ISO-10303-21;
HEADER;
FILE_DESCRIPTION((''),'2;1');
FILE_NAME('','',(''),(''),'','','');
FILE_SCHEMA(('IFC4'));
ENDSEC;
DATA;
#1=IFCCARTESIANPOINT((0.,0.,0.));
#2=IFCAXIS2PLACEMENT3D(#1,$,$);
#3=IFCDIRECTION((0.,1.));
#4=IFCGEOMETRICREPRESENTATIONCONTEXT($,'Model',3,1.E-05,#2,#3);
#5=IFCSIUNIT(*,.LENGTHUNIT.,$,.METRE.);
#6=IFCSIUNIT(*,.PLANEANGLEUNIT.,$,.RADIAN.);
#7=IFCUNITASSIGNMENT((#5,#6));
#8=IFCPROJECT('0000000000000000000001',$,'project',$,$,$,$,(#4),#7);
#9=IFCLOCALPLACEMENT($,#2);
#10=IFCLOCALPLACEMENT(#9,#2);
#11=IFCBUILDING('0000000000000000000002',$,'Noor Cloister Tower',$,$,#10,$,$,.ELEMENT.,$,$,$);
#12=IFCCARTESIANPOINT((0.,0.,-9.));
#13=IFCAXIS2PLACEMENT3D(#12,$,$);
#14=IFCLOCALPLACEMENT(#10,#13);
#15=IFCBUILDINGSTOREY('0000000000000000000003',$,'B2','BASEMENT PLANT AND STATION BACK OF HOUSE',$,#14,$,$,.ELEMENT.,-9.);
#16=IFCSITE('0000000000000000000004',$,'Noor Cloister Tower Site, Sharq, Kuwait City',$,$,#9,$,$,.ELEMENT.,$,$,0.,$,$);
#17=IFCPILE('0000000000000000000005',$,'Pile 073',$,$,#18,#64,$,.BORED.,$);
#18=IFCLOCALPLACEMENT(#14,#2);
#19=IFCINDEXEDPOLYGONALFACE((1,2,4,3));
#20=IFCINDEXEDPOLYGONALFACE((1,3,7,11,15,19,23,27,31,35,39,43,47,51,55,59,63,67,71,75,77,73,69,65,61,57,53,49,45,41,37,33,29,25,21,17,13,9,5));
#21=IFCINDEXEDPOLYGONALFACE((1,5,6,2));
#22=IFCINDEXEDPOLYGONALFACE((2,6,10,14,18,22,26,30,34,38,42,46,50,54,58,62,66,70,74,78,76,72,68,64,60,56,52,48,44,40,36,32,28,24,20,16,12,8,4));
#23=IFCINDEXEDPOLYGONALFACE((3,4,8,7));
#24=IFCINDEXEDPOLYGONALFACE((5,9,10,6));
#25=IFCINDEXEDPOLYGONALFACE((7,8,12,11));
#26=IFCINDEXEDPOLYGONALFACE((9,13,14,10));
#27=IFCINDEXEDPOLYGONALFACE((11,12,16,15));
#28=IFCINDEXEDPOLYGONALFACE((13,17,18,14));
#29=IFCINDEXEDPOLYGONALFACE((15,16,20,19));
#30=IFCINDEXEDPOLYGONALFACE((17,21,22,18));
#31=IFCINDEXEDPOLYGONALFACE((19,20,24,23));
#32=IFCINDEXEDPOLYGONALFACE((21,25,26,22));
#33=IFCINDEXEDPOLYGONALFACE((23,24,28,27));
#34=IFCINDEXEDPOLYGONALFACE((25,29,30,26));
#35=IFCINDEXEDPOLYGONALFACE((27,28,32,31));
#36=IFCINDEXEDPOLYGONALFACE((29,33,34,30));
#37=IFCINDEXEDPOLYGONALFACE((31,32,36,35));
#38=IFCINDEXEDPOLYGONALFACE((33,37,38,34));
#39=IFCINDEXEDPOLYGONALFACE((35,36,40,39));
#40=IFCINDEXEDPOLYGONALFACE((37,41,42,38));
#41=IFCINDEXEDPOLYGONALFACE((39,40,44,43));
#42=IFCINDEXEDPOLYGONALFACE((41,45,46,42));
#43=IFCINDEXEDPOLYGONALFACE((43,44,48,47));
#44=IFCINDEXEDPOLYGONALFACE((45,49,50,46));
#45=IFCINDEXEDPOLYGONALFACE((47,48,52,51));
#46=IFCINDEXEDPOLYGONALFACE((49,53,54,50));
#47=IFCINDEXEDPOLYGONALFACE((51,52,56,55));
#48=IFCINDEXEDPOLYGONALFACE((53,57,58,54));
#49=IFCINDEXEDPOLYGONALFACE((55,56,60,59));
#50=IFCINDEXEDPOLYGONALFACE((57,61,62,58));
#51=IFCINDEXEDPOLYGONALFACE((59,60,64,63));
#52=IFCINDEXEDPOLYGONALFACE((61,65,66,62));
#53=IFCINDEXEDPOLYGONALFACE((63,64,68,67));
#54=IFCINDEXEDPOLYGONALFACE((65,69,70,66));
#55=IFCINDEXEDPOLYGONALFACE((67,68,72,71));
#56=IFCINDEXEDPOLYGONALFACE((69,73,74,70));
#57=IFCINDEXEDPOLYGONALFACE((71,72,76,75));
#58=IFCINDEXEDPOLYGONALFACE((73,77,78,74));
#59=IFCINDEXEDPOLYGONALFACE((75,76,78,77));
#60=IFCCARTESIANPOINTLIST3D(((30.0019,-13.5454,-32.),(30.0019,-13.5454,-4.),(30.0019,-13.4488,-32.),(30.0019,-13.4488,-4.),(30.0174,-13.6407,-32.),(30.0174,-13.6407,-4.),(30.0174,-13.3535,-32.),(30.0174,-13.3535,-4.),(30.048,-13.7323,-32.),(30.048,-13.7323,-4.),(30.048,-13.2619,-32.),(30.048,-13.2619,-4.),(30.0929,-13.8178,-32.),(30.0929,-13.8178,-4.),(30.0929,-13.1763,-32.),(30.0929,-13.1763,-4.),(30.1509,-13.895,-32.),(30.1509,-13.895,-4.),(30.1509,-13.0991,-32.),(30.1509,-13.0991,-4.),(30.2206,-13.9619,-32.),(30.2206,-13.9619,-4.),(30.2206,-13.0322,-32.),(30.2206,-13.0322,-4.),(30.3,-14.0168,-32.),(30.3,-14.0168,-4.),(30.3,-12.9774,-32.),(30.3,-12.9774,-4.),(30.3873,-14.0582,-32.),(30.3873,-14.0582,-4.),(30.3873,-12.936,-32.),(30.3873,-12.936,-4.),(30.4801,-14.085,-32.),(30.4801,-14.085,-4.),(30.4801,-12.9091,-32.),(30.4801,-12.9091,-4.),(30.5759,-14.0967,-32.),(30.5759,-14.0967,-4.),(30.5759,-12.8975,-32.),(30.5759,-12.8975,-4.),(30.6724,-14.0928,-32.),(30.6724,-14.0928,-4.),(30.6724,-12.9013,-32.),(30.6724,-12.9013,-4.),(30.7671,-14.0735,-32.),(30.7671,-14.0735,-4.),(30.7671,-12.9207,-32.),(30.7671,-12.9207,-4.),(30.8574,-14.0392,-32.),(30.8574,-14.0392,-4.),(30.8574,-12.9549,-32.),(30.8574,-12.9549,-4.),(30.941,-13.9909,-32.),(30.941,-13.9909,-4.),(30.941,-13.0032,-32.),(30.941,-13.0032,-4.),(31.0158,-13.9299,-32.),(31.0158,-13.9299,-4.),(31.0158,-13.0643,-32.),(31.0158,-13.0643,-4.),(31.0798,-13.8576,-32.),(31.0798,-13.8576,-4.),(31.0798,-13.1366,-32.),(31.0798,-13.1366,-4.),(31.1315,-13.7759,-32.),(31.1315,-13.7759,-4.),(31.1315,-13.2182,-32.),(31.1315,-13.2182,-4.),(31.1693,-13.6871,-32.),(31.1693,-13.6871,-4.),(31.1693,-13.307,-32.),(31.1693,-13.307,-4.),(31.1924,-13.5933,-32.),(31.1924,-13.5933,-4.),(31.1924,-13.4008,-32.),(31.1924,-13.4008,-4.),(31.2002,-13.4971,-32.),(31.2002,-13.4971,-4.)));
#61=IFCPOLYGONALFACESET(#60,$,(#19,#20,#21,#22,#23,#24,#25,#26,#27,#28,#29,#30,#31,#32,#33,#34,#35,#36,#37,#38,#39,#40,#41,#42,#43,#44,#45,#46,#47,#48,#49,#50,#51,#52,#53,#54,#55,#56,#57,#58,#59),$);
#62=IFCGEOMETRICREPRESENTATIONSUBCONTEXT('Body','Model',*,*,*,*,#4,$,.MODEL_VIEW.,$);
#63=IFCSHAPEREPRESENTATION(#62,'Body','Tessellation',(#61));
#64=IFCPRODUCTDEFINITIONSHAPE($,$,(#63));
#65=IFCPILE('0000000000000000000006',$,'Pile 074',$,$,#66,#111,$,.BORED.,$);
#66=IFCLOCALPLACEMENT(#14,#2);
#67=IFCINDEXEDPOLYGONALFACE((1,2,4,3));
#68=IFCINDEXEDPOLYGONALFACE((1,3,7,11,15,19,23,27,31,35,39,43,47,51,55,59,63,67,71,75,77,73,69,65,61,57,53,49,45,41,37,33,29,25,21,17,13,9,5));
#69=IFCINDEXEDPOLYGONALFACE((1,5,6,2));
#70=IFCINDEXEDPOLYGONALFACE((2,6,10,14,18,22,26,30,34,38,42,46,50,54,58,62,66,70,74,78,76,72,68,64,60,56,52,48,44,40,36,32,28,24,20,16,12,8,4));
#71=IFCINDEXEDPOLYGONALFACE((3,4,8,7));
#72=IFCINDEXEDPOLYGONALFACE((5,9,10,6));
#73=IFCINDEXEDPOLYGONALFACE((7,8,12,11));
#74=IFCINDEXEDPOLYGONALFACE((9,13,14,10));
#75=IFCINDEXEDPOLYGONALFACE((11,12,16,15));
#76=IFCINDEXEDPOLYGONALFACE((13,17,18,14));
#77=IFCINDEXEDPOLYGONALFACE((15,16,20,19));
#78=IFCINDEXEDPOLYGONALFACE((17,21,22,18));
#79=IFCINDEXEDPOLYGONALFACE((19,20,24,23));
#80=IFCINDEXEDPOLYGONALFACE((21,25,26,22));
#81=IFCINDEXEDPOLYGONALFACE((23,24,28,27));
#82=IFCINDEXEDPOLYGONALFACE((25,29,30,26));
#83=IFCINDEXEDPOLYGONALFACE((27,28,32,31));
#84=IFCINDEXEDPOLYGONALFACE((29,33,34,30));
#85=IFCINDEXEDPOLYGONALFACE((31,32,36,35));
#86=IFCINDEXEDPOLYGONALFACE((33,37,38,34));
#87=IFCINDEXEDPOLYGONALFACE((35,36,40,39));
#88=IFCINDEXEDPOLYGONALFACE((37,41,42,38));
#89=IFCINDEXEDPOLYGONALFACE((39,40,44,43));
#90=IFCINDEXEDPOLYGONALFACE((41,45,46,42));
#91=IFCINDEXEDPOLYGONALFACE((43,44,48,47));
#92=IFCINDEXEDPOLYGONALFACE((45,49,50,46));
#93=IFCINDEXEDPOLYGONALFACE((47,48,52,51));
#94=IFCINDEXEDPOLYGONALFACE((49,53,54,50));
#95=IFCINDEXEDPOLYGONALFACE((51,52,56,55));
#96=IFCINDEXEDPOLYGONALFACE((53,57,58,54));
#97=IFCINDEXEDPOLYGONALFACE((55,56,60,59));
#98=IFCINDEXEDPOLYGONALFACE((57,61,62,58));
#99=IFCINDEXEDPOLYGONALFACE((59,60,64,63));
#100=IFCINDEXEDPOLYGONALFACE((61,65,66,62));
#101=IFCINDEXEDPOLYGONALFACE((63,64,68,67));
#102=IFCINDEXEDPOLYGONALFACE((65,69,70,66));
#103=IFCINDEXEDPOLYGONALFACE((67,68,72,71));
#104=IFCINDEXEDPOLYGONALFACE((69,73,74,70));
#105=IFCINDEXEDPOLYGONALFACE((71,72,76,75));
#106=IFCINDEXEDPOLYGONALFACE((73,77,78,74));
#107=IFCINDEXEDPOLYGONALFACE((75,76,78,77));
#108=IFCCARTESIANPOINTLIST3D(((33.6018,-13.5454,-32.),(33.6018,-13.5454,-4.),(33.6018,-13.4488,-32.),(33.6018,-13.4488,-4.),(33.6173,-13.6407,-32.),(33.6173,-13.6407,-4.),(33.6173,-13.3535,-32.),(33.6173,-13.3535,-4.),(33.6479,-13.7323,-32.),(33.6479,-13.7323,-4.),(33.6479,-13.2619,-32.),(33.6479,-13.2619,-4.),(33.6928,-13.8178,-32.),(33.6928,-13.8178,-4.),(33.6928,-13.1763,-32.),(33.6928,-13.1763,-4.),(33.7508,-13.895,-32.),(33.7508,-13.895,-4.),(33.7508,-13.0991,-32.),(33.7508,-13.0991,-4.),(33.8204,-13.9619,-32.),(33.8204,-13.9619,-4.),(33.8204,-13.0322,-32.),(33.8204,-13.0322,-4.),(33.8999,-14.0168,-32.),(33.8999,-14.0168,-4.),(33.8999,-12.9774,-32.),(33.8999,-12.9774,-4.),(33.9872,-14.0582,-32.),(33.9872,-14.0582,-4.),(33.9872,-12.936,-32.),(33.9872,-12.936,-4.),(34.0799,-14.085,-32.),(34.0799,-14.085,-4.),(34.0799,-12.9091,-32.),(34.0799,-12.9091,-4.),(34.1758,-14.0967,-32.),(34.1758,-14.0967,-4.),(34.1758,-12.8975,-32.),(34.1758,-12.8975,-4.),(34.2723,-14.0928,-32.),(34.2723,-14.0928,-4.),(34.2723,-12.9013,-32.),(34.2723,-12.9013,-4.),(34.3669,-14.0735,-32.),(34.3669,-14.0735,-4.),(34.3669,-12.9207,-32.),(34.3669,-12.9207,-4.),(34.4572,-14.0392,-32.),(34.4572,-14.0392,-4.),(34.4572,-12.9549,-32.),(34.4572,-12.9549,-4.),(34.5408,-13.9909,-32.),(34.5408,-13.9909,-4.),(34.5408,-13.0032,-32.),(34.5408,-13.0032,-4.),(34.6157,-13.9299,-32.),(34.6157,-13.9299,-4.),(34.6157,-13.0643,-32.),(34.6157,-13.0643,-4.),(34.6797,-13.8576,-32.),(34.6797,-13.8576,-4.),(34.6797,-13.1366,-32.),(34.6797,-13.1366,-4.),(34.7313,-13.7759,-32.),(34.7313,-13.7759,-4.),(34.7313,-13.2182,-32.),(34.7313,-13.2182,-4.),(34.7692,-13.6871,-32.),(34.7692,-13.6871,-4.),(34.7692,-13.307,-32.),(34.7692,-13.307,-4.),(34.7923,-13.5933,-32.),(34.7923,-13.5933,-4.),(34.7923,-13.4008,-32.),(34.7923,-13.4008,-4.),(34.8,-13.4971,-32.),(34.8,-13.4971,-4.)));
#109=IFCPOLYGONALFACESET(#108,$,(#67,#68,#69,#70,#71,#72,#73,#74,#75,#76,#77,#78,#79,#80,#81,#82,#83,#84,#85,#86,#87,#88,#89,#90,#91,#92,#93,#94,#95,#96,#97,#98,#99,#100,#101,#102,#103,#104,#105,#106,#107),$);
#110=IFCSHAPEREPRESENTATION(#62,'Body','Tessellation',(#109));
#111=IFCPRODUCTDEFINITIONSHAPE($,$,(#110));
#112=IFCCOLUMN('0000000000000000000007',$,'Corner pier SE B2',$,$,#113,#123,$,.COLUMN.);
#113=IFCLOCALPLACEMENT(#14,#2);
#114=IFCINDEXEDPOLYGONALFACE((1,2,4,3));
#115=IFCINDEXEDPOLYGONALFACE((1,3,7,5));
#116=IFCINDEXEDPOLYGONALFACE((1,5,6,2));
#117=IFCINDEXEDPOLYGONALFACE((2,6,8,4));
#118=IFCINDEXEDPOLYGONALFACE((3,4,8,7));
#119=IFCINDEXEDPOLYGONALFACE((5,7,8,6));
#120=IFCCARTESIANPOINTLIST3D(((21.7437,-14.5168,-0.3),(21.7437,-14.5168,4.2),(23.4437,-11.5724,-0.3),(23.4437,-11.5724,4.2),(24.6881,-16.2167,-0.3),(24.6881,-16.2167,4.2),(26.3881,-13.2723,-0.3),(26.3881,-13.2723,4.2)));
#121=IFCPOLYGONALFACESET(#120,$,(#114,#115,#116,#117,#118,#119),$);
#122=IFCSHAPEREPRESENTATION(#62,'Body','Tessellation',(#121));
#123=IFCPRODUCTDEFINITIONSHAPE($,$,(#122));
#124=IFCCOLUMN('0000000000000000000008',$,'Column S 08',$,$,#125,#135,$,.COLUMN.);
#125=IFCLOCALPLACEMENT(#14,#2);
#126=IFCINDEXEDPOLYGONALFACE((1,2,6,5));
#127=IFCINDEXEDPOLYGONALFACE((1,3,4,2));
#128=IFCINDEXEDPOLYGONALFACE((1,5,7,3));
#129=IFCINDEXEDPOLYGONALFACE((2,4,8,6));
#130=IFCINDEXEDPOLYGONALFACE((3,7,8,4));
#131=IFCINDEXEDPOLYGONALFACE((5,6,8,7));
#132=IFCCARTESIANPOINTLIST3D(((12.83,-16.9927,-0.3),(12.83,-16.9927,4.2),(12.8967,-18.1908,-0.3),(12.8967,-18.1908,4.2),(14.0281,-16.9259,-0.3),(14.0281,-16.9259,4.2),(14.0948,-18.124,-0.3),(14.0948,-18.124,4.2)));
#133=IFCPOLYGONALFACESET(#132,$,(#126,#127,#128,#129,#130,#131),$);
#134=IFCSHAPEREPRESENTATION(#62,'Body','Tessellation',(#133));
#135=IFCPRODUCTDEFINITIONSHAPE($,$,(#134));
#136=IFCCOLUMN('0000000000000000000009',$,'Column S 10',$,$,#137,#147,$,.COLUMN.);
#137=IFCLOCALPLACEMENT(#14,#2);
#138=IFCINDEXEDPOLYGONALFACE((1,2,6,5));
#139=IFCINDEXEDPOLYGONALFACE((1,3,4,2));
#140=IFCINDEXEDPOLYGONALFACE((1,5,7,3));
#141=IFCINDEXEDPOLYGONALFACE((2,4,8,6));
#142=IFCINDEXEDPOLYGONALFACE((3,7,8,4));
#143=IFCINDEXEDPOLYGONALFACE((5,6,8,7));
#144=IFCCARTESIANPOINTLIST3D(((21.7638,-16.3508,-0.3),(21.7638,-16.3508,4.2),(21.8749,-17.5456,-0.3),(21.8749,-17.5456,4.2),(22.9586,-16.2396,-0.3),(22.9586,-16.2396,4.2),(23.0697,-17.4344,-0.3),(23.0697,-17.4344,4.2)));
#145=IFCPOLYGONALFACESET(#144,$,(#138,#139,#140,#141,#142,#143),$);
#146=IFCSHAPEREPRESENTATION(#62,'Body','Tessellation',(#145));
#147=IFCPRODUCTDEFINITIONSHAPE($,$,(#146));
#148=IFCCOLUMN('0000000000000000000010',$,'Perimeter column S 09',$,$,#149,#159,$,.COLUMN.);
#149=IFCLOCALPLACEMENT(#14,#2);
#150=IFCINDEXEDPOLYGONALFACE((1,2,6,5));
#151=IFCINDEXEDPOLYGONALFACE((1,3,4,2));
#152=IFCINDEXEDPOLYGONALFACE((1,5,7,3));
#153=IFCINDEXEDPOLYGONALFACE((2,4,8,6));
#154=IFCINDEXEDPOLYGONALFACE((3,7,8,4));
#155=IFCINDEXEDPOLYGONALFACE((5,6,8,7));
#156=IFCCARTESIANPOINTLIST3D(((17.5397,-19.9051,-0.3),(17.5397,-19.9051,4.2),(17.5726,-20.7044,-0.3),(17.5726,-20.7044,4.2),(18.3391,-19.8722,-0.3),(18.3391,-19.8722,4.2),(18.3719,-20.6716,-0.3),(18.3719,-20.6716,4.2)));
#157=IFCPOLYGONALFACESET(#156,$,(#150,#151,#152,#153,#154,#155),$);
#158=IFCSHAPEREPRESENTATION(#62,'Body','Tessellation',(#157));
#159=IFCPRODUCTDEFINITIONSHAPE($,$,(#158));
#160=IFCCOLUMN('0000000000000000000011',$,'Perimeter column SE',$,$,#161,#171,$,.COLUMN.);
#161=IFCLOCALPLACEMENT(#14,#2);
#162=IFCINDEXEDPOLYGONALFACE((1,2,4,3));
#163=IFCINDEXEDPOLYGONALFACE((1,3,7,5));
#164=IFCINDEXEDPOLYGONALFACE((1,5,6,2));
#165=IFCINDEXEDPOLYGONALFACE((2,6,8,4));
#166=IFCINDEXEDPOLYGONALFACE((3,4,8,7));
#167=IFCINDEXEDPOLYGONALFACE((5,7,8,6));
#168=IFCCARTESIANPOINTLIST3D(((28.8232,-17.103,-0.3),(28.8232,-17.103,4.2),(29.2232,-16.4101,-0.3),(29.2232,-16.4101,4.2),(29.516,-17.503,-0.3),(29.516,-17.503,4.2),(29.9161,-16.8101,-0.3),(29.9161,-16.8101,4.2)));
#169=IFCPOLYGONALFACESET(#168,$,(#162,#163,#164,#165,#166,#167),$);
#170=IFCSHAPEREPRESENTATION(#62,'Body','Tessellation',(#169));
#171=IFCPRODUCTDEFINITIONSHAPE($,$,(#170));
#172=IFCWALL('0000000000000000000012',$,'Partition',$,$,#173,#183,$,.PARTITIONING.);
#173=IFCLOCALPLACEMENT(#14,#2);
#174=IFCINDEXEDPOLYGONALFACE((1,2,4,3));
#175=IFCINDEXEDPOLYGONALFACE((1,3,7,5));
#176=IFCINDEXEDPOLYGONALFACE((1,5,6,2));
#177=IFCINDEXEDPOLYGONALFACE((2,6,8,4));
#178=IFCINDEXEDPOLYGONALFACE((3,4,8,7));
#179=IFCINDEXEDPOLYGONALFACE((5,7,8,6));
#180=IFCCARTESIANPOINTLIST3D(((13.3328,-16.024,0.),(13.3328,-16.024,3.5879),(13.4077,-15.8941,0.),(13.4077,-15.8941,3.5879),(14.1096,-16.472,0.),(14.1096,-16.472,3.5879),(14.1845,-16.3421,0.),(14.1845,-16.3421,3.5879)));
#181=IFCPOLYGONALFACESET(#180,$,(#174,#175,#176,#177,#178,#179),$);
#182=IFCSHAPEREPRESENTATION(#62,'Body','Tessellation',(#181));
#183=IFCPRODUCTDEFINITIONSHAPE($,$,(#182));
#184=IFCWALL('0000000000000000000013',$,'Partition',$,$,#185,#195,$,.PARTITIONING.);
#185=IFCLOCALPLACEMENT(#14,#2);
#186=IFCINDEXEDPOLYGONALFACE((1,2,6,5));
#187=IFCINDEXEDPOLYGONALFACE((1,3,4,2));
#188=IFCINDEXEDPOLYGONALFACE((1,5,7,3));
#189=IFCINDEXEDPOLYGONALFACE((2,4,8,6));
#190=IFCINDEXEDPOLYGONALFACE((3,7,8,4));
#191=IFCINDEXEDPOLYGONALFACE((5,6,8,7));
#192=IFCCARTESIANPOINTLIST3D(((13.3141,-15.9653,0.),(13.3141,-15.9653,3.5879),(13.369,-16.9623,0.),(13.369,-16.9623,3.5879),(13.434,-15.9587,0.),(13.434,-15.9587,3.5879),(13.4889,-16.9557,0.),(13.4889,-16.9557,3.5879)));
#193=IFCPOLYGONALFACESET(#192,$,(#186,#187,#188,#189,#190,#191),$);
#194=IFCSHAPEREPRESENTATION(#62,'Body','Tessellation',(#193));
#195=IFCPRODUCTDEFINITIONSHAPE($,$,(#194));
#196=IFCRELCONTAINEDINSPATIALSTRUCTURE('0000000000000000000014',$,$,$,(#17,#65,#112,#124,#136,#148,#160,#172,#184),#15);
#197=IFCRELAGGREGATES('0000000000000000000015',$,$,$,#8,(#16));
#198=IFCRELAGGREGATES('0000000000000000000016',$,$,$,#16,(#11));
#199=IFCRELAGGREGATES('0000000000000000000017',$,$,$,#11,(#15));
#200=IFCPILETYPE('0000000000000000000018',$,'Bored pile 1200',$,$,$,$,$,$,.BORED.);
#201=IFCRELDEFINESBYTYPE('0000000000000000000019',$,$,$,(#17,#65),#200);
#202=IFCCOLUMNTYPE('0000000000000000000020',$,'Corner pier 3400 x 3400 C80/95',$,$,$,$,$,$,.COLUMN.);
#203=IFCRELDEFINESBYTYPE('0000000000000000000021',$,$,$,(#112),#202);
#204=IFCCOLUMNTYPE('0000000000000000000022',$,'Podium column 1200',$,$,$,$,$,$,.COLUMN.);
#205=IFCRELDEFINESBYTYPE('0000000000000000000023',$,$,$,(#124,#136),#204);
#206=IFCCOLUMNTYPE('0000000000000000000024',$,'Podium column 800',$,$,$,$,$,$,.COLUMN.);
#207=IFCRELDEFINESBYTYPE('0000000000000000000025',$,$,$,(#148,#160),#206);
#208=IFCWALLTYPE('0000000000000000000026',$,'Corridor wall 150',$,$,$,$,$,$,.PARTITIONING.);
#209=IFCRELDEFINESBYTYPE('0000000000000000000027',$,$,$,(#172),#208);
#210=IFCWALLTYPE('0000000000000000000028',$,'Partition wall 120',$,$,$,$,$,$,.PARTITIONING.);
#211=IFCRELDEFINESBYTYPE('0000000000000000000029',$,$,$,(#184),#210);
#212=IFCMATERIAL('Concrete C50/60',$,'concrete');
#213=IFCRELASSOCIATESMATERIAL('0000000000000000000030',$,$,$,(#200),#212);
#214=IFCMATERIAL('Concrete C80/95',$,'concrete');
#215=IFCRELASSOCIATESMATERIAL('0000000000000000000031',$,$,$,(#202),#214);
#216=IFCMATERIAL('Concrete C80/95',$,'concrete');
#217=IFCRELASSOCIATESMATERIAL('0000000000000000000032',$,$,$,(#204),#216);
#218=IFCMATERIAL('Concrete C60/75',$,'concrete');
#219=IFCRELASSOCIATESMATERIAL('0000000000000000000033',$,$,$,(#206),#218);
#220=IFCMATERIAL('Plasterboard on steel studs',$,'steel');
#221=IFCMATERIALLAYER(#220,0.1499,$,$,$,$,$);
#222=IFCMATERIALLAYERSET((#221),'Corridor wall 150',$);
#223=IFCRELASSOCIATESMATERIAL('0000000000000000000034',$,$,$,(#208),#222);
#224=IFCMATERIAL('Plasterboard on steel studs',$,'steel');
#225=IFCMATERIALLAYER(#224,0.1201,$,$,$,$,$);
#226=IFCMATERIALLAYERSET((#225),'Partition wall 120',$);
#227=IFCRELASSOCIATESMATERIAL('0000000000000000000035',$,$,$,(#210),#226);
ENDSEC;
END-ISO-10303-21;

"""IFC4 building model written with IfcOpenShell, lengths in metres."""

from ifc_helpers import new_model, si_unit, direction, frame, frame_2d, origin, origin_2d, place, context, subcontext, project, spatial, rectangle, circle, extrude, material, layer, layer_set, material_profile, profile_set, type_object, element, save


model = new_model("IFC4")

# Units and contexts
model_context = context("Model", 3, precision=1e-05, world=origin(), true_north=direction((0.0, 1.0)))
body_context = subcontext(model_context, "Body", "Model", "MODEL_VIEW")
ifc_project = project(units=[si_unit("LENGTHUNIT", "METRE"), si_unit("PLANEANGLEUNIT", "RADIAN")], contexts=[model_context])

# Site, building, storey
site_placement = place(None, origin())
site = spatial("IfcSite", under=ifc_project, at=site_placement, Name="Noor Cloister Tower Site, Sharq, Kuwait City", CompositionType="ELEMENT", RefElevation=0.0)
building_placement = place(site_placement, origin())
building = spatial("IfcBuilding", under=site, at=building_placement, Name="Noor Cloister Tower", CompositionType="ELEMENT")
storey_placement = place(building_placement, frame((0.0, 0.0, -9.0)))
storey = spatial("IfcBuildingStorey", under=building, at=storey_placement, Name="B2", Description="BASEMENT PLANT AND STATION BACK OF HOUSE", CompositionType="ELEMENT", Elevation=-9.0)

# Piles
ifc_material_1 = material(Name="Concrete C50/60", Category="concrete")
ifc_material_profile_1 = material_profile(ifc_material_1, circle(Radius=0.6001, at=origin_2d()), Name="Bored pile 1200")
ifc_profile_set_1 = profile_set([ifc_material_profile_1], Name="Concrete C50/60")
pile_type = type_object("IfcPileType", Name="Bored pile 1200", PredefinedType="BORED", material=ifc_profile_set_1)
for number, where, z_axis, x_axis, name in (
    (1, (30.6001, -13.4971, -4.0), (0.0, 0.0, -1.0), (1.0, 0.0, 0.0), "Pile 073"),
    (2, (34.2, -13.4971, -4.0), (0.0, 0.0, -1.0), (1.0, 0.0, 0.0), "Pile 074"),
):
    element("IfcPile", number, at=place(storey_placement, frame(where, z_axis=z_axis, x_axis=x_axis)), inside=storey, type_object=pile_type, Name=name, PredefinedType="BORED", context=body_context, shape_type="SweptSolid", body=[
        extrude(circle(Radius=0.6001, at=origin_2d()), origin(), (0.0, 0.0, 1.0), 28.0),
    ])

# Columns
ifc_material_2 = material(Name="Concrete C80/95", Category="concrete")
ifc_material_profile_2 = material_profile(ifc_material_2, rectangle(XDim=3.3999, YDim=3.3999, at=origin_2d()), Name="RC 3400x3400")
ifc_profile_set_2 = profile_set([ifc_material_profile_2], Name="Concrete C80/95")
column_type_1 = type_object("IfcColumnType", Name="Corner pier 3400 x 3400 C80/95", PredefinedType="COLUMN", material=ifc_profile_set_2)
column_placement = place(storey_placement, frame((24.0659, -13.8945, -0.3), z_axis=(0.0, 0.0, 1.0), x_axis=(0.866025, -0.5, 0.0)))
element("IfcColumn", 3, at=column_placement, inside=storey, type_object=column_type_1, Name="Corner pier SE B2", PredefinedType="COLUMN", context=body_context, shape_type="SweptSolid", body=[
    extrude(rectangle(XDim=3.3999, YDim=3.3999, at=origin_2d()), origin(), (0.0, 0.0, 1.0), 4.5),
])
ifc_material_3 = material(Name="Concrete C80/95", Category="concrete")
ifc_material_profile_3 = material_profile(ifc_material_3, rectangle(XDim=1.2, YDim=1.2, at=origin_2d()), Name="Podium column 1200")
ifc_profile_set_3 = profile_set([ifc_material_profile_3], Name="Concrete C80/95")
column_type_2 = type_object("IfcColumnType", Name="Podium column 1200", PredefinedType="COLUMN", material=ifc_profile_set_3)
for number, where, z_axis, x_axis, name in (
    (4, (13.4624, -17.5583, -0.3), (0.0, 0.0, 1.0), (0.055633, -0.998451, 0.0), "Column S 08"),
    (5, (22.4167, -16.8926, -0.3), (0.0, 0.0, 1.0), (0.092636, -0.9957, 0.0), "Column S 10"),
):
    element("IfcColumn", number, at=place(storey_placement, frame(where, z_axis=z_axis, x_axis=x_axis)), inside=storey, type_object=column_type_2, Name=name, PredefinedType="COLUMN", context=body_context, shape_type="SweptSolid", body=[
        extrude(rectangle(XDim=1.2, YDim=1.2, at=origin_2d()), origin(), (0.0, 0.0, 1.0), 4.5),
    ])
ifc_material_4 = material(Name="Concrete C60/75", Category="concrete")
ifc_material_profile_4 = material_profile(ifc_material_4, rectangle(XDim=0.8, YDim=0.8, at=origin_2d()), Name="Podium column 800")
ifc_profile_set_4 = profile_set([ifc_material_profile_4], Name="Concrete C60/75")
column_type_3 = type_object("IfcColumnType", Name="Podium column 800", PredefinedType="COLUMN", material=ifc_profile_set_4)
for number, where, z_axis, x_axis, name in (
    (6, (17.9558, -20.2883, -0.3), (0.0, 0.0, 1.0), (0.041066, -0.999156, 0.0), "Perimeter column S 09"),
    (7, (29.3696, -16.9565, -0.3), (0.0, 0.0, 1.0), (0.866025, -0.5, 0.0), "Perimeter column SE"),
):
    element("IfcColumn", number, at=place(storey_placement, frame(where, z_axis=z_axis, x_axis=x_axis)), inside=storey, type_object=column_type_3, Name=name, PredefinedType="COLUMN", context=body_context, shape_type="SweptSolid", body=[
        extrude(rectangle(XDim=0.8, YDim=0.8, at=origin_2d()), origin(), (0.0, 0.0, 1.0), 4.5),
    ])

# Walls
ifc_material_5 = material(Name="Plasterboard on steel studs", Category="steel")
ifc_layer_1 = layer(ifc_material_5, 0.1499)
ifc_layer_set_1 = layer_set([ifc_layer_1], Name="Corridor wall 150")
wall_type_1 = type_object("IfcWallType", Name="Corridor wall 150", PredefinedType="PARTITIONING", material=ifc_layer_set_1)
wall_1_placement = place(storey_placement, frame((14.147, -16.407, 0.0), z_axis=(0.0, 0.0, 1.0), x_axis=(-0.866276, 0.499565, 0.0)))
element("IfcWall", 8, at=wall_1_placement, inside=storey, type_object=wall_type_1, Name="Partition", PredefinedType="PARTITIONING", context=body_context, shape_type="SweptSolid", body=[
    extrude(rectangle(XDim=0.8967, YDim=0.1499, at=frame_2d((0.4482, 0.0))), origin(), (0.0, 0.0, 1.0), 3.5879),
])
ifc_material_6 = material(Name="Plasterboard on steel studs", Category="steel")
ifc_layer_2 = layer(ifc_material_6, 0.1201)
ifc_layer_set_2 = layer_set([ifc_layer_2], Name="Partition wall 120")
wall_type_2 = type_object("IfcWallType", Name="Partition wall 120", PredefinedType="PARTITIONING", material=ifc_layer_set_2)
wall_2_placement = place(storey_placement, frame((13.429, -16.959, 0.0), z_axis=(0.0, 0.0, 1.0), x_axis=(-0.05501, 0.998486, 0.0)))
element("IfcWall", 9, at=wall_2_placement, inside=storey, type_object=wall_type_2, Name="Partition", PredefinedType="PARTITIONING", context=body_context, shape_type="SweptSolid", body=[
    extrude(rectangle(XDim=0.9985, YDim=0.1201, at=frame_2d((0.4993, 0.0))), origin(), (0.0, 0.0, 1.0), 3.5879),
])

save(model, "model.ifc")
